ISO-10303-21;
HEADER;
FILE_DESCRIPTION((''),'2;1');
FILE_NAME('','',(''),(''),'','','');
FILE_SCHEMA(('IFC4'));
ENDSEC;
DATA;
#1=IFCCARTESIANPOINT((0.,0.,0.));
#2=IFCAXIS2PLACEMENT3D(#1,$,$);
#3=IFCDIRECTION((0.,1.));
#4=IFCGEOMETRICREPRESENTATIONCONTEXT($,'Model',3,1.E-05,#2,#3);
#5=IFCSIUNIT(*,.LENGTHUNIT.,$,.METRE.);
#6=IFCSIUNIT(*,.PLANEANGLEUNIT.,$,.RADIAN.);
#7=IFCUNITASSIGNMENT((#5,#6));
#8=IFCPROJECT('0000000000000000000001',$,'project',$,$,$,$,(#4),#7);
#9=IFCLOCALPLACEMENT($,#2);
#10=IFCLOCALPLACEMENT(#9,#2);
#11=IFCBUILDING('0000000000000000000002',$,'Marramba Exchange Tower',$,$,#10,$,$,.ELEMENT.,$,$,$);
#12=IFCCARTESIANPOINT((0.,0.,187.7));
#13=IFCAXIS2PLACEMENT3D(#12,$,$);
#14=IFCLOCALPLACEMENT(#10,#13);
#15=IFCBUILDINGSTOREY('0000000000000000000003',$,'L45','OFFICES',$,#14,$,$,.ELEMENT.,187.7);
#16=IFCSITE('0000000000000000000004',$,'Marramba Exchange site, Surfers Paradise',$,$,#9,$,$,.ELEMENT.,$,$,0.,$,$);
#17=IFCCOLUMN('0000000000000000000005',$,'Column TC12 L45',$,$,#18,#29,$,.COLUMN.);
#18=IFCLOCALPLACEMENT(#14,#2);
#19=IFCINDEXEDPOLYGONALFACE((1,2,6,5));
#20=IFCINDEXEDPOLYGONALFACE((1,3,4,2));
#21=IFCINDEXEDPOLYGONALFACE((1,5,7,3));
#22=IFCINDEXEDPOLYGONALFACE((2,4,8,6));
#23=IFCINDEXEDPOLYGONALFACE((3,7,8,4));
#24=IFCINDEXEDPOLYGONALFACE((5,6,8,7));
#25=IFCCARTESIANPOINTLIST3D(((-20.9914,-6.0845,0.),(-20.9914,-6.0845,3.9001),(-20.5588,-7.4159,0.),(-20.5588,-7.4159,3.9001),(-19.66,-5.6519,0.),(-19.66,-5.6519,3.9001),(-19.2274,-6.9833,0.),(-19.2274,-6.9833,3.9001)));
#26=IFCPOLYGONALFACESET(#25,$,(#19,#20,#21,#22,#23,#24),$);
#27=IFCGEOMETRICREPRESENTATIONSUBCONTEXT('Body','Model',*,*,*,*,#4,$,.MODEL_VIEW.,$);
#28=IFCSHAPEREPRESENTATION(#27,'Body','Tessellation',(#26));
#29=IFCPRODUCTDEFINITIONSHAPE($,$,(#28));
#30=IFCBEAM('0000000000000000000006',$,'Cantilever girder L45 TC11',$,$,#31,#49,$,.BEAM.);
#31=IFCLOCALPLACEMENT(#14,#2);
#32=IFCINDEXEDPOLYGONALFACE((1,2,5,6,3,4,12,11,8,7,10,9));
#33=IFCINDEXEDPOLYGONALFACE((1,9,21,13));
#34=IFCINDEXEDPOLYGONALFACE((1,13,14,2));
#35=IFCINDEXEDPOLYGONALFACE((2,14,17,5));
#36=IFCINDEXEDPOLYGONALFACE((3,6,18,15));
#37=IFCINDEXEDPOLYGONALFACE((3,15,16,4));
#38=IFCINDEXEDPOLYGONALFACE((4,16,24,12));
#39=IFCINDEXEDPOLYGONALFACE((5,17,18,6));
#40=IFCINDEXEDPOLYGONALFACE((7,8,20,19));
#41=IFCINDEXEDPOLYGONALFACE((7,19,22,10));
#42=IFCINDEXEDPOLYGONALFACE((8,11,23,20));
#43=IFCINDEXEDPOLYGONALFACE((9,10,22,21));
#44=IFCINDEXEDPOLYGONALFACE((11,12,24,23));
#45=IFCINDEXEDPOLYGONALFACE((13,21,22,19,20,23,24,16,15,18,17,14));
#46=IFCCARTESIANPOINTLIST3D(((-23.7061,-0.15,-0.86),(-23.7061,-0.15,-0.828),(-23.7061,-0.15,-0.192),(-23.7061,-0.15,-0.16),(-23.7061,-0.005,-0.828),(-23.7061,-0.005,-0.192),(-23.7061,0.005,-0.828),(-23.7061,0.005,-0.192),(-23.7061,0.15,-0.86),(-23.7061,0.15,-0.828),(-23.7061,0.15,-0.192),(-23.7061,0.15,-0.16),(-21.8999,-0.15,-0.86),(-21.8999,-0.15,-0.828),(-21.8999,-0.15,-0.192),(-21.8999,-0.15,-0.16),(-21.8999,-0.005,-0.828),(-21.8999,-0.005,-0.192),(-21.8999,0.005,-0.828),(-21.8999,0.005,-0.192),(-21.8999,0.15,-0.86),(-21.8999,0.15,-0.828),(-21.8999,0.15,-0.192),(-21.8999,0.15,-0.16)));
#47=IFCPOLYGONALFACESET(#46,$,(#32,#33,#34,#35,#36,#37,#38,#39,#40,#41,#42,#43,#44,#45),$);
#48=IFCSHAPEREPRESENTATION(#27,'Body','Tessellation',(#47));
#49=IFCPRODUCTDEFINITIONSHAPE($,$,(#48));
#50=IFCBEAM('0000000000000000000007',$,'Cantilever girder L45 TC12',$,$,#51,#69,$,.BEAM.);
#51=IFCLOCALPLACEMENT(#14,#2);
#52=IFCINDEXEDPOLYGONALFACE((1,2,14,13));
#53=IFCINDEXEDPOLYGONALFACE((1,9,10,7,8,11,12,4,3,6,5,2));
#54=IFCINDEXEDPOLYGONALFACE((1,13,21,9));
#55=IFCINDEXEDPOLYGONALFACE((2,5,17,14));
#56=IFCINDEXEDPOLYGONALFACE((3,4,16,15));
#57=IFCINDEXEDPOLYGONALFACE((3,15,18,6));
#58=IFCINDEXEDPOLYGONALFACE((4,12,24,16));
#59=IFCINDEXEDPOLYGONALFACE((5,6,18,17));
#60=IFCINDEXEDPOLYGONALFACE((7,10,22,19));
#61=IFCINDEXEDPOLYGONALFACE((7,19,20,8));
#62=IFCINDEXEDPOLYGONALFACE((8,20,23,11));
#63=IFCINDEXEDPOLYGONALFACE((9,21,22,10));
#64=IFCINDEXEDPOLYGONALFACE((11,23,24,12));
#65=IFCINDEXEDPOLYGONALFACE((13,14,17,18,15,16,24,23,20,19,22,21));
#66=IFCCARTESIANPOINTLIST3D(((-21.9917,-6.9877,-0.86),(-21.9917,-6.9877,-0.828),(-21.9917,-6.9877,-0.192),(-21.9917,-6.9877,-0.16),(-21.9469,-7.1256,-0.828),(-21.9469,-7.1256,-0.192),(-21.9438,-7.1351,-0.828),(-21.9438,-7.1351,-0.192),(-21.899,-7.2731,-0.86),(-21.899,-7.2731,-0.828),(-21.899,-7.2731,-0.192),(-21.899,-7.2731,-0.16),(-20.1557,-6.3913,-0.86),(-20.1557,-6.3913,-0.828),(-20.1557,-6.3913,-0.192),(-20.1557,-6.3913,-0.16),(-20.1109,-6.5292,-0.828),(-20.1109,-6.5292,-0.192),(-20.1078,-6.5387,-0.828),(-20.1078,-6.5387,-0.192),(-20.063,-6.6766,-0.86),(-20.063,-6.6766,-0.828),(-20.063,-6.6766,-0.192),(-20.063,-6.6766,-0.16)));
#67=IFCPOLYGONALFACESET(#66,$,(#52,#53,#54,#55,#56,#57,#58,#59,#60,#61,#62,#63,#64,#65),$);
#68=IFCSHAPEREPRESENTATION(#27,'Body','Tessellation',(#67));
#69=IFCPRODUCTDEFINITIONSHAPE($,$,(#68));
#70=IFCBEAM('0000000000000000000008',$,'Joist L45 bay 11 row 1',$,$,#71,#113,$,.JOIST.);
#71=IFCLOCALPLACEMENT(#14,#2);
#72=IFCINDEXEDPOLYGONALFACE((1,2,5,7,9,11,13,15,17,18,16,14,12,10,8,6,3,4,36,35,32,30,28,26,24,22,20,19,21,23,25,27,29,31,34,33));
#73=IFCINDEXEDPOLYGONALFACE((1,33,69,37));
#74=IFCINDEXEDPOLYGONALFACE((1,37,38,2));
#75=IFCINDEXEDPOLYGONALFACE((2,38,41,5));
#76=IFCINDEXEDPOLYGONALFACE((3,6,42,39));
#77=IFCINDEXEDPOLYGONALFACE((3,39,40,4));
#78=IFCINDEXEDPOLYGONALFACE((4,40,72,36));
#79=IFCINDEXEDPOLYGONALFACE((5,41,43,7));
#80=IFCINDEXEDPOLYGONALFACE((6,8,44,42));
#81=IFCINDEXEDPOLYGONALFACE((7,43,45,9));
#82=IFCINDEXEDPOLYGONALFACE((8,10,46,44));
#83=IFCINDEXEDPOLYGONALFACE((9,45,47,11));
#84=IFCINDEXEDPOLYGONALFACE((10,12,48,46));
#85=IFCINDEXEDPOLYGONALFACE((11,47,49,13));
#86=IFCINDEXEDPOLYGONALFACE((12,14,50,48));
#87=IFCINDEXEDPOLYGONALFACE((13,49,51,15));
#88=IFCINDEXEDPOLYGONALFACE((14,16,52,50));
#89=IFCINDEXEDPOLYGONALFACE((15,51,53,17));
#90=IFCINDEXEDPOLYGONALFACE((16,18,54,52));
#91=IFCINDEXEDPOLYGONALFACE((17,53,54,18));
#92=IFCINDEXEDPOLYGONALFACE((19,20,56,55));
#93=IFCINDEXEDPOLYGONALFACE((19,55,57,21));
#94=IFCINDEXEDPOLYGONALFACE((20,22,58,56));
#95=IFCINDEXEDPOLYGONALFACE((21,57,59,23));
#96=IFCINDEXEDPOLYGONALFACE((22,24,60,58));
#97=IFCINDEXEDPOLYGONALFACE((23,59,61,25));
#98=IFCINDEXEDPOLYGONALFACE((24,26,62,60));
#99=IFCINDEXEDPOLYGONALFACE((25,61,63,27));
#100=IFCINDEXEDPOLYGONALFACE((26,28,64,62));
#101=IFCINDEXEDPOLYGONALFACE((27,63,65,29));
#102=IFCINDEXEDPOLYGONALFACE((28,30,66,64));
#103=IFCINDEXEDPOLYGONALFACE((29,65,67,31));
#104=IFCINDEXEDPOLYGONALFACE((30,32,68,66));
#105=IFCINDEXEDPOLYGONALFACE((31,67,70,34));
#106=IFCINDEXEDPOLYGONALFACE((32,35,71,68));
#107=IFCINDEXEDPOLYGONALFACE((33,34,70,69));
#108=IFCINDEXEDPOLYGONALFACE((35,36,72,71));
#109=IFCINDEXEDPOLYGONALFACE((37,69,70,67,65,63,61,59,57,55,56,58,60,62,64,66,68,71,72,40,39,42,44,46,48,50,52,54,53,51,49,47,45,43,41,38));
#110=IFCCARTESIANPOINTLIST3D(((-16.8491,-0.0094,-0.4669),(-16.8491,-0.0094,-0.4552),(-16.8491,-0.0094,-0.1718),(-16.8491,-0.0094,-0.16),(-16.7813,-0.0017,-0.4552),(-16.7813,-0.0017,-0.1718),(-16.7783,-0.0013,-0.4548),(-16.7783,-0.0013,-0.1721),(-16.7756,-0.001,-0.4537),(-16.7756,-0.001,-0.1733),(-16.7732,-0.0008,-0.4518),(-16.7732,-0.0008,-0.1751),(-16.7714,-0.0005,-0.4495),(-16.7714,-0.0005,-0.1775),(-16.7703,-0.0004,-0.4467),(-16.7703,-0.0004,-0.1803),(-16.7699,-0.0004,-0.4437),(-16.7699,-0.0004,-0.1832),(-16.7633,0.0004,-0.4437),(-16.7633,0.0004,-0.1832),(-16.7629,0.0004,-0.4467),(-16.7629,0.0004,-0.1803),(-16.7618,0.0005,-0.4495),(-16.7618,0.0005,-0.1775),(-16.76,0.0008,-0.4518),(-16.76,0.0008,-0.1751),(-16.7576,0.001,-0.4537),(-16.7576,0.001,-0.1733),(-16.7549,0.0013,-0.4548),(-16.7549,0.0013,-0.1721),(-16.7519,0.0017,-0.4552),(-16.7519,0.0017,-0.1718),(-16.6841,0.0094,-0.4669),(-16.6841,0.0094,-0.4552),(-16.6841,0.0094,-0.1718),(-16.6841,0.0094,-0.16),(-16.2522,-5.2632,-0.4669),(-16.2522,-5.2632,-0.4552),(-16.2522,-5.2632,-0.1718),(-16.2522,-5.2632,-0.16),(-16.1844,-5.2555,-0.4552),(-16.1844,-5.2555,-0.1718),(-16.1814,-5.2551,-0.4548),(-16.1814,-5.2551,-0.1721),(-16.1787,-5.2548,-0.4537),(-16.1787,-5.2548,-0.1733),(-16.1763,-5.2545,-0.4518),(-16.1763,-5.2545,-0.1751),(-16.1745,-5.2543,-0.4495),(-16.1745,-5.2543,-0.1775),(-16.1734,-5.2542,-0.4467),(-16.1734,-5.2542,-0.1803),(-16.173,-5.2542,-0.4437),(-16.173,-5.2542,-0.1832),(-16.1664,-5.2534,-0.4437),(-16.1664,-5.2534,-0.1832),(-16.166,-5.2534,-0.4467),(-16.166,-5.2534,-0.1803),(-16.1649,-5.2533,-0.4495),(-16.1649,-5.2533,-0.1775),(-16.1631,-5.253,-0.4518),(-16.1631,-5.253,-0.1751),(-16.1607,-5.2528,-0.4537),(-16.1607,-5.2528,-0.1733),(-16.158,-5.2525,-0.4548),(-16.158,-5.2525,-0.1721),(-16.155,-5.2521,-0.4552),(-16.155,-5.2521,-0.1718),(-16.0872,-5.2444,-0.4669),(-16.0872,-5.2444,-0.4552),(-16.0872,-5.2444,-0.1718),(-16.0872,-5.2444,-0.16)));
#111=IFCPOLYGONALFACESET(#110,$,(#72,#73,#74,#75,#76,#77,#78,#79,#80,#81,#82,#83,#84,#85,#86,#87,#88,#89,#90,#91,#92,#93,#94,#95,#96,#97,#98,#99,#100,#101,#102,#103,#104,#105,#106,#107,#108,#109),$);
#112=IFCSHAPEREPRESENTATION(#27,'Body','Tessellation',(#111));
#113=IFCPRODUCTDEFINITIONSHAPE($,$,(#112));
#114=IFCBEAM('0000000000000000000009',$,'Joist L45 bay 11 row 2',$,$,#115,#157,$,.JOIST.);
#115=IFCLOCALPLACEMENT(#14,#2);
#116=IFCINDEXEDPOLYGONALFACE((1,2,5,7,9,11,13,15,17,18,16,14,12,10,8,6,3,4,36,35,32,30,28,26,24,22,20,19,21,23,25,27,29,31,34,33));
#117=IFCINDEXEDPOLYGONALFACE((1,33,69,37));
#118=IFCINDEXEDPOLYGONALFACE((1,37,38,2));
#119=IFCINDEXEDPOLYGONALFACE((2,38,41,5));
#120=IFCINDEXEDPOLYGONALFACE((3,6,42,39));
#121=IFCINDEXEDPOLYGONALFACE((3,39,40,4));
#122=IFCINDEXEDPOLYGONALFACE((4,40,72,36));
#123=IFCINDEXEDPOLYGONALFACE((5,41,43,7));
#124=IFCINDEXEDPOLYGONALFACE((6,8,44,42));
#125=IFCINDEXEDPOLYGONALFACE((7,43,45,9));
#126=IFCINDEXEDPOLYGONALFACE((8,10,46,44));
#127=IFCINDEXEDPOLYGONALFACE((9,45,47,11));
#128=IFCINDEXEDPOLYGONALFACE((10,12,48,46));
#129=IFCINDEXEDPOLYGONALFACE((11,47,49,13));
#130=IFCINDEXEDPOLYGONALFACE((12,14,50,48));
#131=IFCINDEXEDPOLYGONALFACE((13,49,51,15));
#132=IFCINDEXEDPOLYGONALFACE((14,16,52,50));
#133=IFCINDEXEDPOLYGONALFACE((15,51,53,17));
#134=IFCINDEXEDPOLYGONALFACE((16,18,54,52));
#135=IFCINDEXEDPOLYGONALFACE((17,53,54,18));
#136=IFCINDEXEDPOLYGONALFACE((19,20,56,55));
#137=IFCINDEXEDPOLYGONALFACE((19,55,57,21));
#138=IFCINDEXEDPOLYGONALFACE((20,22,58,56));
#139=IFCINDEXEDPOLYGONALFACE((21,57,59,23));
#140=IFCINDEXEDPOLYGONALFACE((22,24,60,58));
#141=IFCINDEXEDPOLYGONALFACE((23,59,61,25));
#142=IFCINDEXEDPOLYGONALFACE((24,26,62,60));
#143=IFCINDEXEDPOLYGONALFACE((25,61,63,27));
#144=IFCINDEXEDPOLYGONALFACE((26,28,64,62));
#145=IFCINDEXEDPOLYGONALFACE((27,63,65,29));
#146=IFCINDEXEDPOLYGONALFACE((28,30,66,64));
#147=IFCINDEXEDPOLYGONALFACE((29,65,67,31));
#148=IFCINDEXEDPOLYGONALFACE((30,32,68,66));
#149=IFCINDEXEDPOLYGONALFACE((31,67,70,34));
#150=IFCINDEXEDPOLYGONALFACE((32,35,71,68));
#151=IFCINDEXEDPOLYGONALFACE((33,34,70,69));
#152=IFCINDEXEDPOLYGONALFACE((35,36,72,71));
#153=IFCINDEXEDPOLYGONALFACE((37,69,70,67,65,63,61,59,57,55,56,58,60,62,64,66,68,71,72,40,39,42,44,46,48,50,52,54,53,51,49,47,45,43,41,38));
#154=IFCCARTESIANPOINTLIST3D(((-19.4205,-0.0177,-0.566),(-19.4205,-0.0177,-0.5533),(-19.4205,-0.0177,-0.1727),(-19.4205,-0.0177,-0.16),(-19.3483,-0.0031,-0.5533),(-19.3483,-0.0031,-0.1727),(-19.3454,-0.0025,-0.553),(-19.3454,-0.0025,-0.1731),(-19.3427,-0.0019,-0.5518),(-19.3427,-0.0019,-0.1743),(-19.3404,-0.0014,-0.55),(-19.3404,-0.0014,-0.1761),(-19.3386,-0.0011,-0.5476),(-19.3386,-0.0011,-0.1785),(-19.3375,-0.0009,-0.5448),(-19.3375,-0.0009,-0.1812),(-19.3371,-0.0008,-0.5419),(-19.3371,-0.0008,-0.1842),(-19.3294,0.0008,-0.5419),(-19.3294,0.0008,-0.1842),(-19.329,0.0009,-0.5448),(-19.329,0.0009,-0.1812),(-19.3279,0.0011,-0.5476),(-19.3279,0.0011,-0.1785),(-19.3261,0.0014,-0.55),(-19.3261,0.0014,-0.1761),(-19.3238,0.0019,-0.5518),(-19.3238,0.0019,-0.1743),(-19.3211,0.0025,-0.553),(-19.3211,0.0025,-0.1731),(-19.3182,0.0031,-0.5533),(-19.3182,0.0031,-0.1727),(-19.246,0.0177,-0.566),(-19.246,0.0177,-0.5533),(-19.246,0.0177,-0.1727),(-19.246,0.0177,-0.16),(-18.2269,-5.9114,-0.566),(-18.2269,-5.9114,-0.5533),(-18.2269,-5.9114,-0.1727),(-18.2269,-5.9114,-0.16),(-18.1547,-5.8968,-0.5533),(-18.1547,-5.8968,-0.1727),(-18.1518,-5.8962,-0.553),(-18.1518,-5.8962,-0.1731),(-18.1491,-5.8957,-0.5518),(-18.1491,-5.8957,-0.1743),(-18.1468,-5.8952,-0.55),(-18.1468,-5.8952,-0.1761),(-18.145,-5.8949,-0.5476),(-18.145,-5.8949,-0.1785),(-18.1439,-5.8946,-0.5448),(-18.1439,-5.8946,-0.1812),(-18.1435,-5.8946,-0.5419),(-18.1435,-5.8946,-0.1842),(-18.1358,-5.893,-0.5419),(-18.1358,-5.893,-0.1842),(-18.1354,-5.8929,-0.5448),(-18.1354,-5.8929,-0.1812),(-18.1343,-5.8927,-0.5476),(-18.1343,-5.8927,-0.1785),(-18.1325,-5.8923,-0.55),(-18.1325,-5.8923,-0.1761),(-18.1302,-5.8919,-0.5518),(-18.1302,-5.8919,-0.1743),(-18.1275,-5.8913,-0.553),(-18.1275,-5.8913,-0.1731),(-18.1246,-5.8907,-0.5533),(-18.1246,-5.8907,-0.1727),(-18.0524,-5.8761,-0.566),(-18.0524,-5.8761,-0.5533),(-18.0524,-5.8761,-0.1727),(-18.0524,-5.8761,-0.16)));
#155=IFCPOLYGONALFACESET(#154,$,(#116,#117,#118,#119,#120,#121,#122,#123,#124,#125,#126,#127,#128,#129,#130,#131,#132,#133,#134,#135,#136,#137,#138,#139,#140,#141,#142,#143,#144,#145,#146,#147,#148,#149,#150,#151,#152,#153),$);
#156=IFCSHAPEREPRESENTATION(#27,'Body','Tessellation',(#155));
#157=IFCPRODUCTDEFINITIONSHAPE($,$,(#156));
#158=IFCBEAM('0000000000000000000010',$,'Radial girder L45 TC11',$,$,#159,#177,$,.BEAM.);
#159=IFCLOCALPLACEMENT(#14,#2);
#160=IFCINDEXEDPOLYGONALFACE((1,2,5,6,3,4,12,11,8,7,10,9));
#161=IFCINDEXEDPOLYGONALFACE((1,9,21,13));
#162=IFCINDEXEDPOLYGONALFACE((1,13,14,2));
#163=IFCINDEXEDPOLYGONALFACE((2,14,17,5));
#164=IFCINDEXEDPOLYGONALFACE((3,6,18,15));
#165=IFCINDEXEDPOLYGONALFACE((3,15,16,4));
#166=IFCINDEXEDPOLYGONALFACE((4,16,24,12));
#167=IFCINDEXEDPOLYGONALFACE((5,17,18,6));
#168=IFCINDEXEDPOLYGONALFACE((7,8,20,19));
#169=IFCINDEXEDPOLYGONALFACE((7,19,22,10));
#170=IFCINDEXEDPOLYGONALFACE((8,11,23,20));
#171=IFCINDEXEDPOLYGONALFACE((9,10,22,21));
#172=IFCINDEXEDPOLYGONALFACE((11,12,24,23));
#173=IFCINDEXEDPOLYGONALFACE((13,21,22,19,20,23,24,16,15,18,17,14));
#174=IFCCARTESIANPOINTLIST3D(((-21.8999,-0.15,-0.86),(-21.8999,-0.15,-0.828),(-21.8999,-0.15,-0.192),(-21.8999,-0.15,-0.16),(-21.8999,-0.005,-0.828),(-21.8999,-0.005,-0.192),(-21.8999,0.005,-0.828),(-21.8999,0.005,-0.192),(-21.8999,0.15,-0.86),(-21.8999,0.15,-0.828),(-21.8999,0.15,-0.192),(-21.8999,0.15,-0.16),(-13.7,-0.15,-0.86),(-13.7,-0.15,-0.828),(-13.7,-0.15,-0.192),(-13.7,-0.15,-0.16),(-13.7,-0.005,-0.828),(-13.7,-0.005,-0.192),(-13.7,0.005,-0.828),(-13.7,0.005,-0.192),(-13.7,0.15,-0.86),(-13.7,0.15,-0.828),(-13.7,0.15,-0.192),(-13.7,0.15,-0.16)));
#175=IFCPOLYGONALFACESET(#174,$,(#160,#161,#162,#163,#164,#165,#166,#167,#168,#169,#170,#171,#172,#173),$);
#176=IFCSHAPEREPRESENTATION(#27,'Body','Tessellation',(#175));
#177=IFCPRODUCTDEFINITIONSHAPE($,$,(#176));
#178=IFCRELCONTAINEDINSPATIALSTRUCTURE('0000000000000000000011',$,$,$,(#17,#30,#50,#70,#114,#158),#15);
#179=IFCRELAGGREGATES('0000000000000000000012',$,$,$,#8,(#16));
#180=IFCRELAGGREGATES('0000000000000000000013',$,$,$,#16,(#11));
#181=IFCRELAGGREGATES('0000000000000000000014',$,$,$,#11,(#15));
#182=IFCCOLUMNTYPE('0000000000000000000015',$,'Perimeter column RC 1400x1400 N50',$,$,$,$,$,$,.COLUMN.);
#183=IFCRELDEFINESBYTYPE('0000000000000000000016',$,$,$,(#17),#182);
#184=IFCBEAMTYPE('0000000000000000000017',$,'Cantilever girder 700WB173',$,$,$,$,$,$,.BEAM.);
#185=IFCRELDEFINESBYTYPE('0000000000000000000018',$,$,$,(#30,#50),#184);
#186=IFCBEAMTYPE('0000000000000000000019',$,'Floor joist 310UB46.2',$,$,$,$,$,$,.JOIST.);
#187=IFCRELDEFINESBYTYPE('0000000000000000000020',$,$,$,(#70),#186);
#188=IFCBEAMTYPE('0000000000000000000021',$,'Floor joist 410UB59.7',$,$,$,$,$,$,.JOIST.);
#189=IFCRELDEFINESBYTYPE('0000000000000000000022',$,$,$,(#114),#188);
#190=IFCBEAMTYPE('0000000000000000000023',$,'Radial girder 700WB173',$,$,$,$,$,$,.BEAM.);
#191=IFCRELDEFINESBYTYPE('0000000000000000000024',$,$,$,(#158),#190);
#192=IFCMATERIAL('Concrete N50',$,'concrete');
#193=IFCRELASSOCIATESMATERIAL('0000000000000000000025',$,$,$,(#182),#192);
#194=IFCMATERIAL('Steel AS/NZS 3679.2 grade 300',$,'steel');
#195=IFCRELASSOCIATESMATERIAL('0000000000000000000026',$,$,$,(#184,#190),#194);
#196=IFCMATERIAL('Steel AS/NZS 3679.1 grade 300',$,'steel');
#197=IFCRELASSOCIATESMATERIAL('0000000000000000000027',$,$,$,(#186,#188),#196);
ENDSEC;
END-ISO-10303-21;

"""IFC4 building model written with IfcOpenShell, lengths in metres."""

from ifc_helpers import new_model, si_unit, direction, frame, origin, origin_2d, place, context, subcontext, project, spatial, rectangle, i_section, extrude, material, material_profile, profile_set, type_object, element, save


model = new_model("IFC4")

# Units and contexts
model_context = context("Model", 3, precision=1e-05, world=origin(), true_north=direction((0.0, 1.0)))
body_context = subcontext(model_context, "Body", "Model", "MODEL_VIEW")
ifc_project = project(units=[si_unit("LENGTHUNIT", "METRE"), si_unit("PLANEANGLEUNIT", "RADIAN")], contexts=[model_context])

# Site, building, storey
site_placement = place(None, origin())
site = spatial("IfcSite", under=ifc_project, at=site_placement, Name="Marramba Exchange site, Surfers Paradise", CompositionType="ELEMENT", RefElevation=0.0)
building_placement = place(site_placement, origin())
building = spatial("IfcBuilding", under=site, at=building_placement, Name="Marramba Exchange Tower", CompositionType="ELEMENT")
storey_placement = place(building_placement, frame((0.0, 0.0, 187.7)))
storey = spatial("IfcBuildingStorey", under=building, at=storey_placement, Name="L45", Description="OFFICES", CompositionType="ELEMENT", Elevation=187.7)

# Column
ifc_material_1 = material(Name="Concrete N50", Category="concrete")
ifc_material_profile_1 = material_profile(ifc_material_1, rectangle(XDim=1.3999, YDim=1.3999, at=origin_2d()), Name="RC 1400x1400")
ifc_profile_set_1 = profile_set([ifc_material_profile_1], Name="Concrete N50")
column_type = type_object("IfcColumnType", Name="Perimeter column RC 1400x1400 N50", PredefinedType="COLUMN", material=ifc_profile_set_1)
column_placement = place(storey_placement, frame((-20.1094, -6.5339, 0.0), z_axis=(0.0, 0.0, 1.0), x_axis=(-0.951057, -0.309017, 0.0)))
element("IfcColumn", 1, at=column_placement, inside=storey, type_object=column_type, Name="Column TC12 L45", PredefinedType="COLUMN", context=body_context, shape_type="SweptSolid", body=[
    extrude(rectangle(XDim=1.3999, YDim=1.3999, at=origin_2d()), origin(), (0.0, 0.0, 1.0), 3.9001),
])

# Beams
ifc_material_2 = material(Name="Steel AS/NZS 3679.2 grade 300", Category="steel")
ifc_material_profile_2 = material_profile(ifc_material_2, i_section(OverallWidth=0.3, OverallDepth=0.7, WebThickness=0.01, FlangeThickness=0.032, at=origin_2d()), Name="700WB173")
ifc_profile_set_2 = profile_set([ifc_material_profile_2], Name="Steel AS/NZS 3679.2 grade 300")
beam_type_1 = type_object("IfcBeamType", Name="Cantilever girder 700WB173", PredefinedType="BEAM", material=ifc_profile_set_2)
beam_1_placement = place(storey_placement, frame((-21.8999, 0.0, -0.51), z_axis=(-1.0, 0.0, 0.0), x_axis=(0.0, -1.0, 0.0)))
element("IfcBeam", 2, at=beam_1_placement, inside=storey, type_object=beam_type_1, Name="Cantilever girder L45 TC11", PredefinedType="BEAM", context=body_context, shape_type="SweptSolid", body=[
    extrude(i_section(OverallWidth=0.3, OverallDepth=0.7, WebThickness=0.01, FlangeThickness=0.032, at=origin_2d()), origin(), (0.0, 0.0, 1.0), 1.8062),
])
beam_2_placement = place(storey_placement, frame((-20.1094, -6.5339, -0.51), z_axis=(-0.951071, -0.308972, 0.0), x_axis=(0.308972, -0.951071, 0.0)))
element("IfcBeam", 3, at=beam_2_placement, inside=storey, type_object=beam_type_1, Name="Cantilever girder L45 TC12", PredefinedType="BEAM", context=body_context, shape_type="SweptSolid", body=[
    extrude(i_section(OverallWidth=0.3, OverallDepth=0.7, WebThickness=0.01, FlangeThickness=0.032, at=origin_2d()), origin(), (0.0, 0.0, 1.0), 1.9304),
])
ifc_material_3 = material(Name="Steel AS/NZS 3679.1 grade 300", Category="steel")
ifc_material_profile_3 = material_profile(ifc_material_3, i_section(OverallWidth=0.166, OverallDepth=0.3069, WebThickness=0.0066, FlangeThickness=0.0117, FilletRadius=0.0115, at=origin_2d()), Name="310UB46.2")
ifc_profile_set_3 = profile_set([ifc_material_profile_3], Name="Steel AS/NZS 3679.1 grade 300")
beam_type_2 = type_object("IfcBeamType", Name="Floor joist 310UB46.2", PredefinedType="JOIST", material=ifc_profile_set_3)
beam_3_placement = place(storey_placement, frame((-16.7666, 0.0, -0.3135), z_axis=(0.112889, -0.993608, 0.0), x_axis=(0.993608, 0.112889, 0.0)))
element("IfcBeam", 4, at=beam_3_placement, inside=storey, type_object=beam_type_2, Name="Joist L45 bay 11 row 1", PredefinedType="JOIST", context=body_context, shape_type="SweptSolid", body=[
    extrude(i_section(OverallWidth=0.166, OverallDepth=0.3069, WebThickness=0.0066, FlangeThickness=0.0117, FilletRadius=0.0115, at=origin_2d()), origin(), (0.0, 0.0, 1.0), 5.2876),
])
ifc_material_profile_4 = material_profile(ifc_material_3, i_section(OverallWidth=0.178, OverallDepth=0.406, WebThickness=0.0078, FlangeThickness=0.0127, FilletRadius=0.0115, at=origin_2d()), Name="410UB59.7")
ifc_profile_set_4 = profile_set([ifc_material_profile_4], Name="Steel AS/NZS 3679.1 grade 300")
beam_type_3 = type_object("IfcBeamType", Name="Floor joist 410UB59.7", PredefinedType="JOIST", material=ifc_profile_set_4)
beam_4_placement = place(storey_placement, frame((-19.3333, 0.0, -0.363), z_axis=(0.198489, -0.980103, 0.0), x_axis=(0.980103, 0.198489, 0.0)))
element("IfcBeam", 5, at=beam_4_placement, inside=storey, type_object=beam_type_3, Name="Joist L45 bay 11 row 2", PredefinedType="JOIST", context=body_context, shape_type="SweptSolid", body=[
    extrude(i_section(OverallWidth=0.178, OverallDepth=0.406, WebThickness=0.0078, FlangeThickness=0.0127, FilletRadius=0.0115, at=origin_2d()), origin(), (0.0, 0.0, 1.0), 6.0134),
])
ifc_material_profile_5 = material_profile(ifc_material_2, i_section(OverallWidth=0.3, OverallDepth=0.7, WebThickness=0.01, FlangeThickness=0.032, at=origin_2d()), Name="700WB173")
ifc_profile_set_5 = profile_set([ifc_material_profile_5], Name="Steel AS/NZS 3679.2 grade 300")
beam_type_4 = type_object("IfcBeamType", Name="Radial girder 700WB173", PredefinedType="BEAM", material=ifc_profile_set_5)
beam_5_placement = place(storey_placement, frame((-13.7, 0.0, -0.51), z_axis=(-1.0, 0.0, 0.0), x_axis=(0.0, -1.0, 0.0)))
element("IfcBeam", 6, at=beam_5_placement, inside=storey, type_object=beam_type_4, Name="Radial girder L45 TC11", PredefinedType="BEAM", context=body_context, shape_type="SweptSolid", body=[
    extrude(i_section(OverallWidth=0.3, OverallDepth=0.7, WebThickness=0.01, FlangeThickness=0.032, at=origin_2d()), origin(), (0.0, 0.0, 1.0), 8.2),
])

save(model, "model.ifc")
